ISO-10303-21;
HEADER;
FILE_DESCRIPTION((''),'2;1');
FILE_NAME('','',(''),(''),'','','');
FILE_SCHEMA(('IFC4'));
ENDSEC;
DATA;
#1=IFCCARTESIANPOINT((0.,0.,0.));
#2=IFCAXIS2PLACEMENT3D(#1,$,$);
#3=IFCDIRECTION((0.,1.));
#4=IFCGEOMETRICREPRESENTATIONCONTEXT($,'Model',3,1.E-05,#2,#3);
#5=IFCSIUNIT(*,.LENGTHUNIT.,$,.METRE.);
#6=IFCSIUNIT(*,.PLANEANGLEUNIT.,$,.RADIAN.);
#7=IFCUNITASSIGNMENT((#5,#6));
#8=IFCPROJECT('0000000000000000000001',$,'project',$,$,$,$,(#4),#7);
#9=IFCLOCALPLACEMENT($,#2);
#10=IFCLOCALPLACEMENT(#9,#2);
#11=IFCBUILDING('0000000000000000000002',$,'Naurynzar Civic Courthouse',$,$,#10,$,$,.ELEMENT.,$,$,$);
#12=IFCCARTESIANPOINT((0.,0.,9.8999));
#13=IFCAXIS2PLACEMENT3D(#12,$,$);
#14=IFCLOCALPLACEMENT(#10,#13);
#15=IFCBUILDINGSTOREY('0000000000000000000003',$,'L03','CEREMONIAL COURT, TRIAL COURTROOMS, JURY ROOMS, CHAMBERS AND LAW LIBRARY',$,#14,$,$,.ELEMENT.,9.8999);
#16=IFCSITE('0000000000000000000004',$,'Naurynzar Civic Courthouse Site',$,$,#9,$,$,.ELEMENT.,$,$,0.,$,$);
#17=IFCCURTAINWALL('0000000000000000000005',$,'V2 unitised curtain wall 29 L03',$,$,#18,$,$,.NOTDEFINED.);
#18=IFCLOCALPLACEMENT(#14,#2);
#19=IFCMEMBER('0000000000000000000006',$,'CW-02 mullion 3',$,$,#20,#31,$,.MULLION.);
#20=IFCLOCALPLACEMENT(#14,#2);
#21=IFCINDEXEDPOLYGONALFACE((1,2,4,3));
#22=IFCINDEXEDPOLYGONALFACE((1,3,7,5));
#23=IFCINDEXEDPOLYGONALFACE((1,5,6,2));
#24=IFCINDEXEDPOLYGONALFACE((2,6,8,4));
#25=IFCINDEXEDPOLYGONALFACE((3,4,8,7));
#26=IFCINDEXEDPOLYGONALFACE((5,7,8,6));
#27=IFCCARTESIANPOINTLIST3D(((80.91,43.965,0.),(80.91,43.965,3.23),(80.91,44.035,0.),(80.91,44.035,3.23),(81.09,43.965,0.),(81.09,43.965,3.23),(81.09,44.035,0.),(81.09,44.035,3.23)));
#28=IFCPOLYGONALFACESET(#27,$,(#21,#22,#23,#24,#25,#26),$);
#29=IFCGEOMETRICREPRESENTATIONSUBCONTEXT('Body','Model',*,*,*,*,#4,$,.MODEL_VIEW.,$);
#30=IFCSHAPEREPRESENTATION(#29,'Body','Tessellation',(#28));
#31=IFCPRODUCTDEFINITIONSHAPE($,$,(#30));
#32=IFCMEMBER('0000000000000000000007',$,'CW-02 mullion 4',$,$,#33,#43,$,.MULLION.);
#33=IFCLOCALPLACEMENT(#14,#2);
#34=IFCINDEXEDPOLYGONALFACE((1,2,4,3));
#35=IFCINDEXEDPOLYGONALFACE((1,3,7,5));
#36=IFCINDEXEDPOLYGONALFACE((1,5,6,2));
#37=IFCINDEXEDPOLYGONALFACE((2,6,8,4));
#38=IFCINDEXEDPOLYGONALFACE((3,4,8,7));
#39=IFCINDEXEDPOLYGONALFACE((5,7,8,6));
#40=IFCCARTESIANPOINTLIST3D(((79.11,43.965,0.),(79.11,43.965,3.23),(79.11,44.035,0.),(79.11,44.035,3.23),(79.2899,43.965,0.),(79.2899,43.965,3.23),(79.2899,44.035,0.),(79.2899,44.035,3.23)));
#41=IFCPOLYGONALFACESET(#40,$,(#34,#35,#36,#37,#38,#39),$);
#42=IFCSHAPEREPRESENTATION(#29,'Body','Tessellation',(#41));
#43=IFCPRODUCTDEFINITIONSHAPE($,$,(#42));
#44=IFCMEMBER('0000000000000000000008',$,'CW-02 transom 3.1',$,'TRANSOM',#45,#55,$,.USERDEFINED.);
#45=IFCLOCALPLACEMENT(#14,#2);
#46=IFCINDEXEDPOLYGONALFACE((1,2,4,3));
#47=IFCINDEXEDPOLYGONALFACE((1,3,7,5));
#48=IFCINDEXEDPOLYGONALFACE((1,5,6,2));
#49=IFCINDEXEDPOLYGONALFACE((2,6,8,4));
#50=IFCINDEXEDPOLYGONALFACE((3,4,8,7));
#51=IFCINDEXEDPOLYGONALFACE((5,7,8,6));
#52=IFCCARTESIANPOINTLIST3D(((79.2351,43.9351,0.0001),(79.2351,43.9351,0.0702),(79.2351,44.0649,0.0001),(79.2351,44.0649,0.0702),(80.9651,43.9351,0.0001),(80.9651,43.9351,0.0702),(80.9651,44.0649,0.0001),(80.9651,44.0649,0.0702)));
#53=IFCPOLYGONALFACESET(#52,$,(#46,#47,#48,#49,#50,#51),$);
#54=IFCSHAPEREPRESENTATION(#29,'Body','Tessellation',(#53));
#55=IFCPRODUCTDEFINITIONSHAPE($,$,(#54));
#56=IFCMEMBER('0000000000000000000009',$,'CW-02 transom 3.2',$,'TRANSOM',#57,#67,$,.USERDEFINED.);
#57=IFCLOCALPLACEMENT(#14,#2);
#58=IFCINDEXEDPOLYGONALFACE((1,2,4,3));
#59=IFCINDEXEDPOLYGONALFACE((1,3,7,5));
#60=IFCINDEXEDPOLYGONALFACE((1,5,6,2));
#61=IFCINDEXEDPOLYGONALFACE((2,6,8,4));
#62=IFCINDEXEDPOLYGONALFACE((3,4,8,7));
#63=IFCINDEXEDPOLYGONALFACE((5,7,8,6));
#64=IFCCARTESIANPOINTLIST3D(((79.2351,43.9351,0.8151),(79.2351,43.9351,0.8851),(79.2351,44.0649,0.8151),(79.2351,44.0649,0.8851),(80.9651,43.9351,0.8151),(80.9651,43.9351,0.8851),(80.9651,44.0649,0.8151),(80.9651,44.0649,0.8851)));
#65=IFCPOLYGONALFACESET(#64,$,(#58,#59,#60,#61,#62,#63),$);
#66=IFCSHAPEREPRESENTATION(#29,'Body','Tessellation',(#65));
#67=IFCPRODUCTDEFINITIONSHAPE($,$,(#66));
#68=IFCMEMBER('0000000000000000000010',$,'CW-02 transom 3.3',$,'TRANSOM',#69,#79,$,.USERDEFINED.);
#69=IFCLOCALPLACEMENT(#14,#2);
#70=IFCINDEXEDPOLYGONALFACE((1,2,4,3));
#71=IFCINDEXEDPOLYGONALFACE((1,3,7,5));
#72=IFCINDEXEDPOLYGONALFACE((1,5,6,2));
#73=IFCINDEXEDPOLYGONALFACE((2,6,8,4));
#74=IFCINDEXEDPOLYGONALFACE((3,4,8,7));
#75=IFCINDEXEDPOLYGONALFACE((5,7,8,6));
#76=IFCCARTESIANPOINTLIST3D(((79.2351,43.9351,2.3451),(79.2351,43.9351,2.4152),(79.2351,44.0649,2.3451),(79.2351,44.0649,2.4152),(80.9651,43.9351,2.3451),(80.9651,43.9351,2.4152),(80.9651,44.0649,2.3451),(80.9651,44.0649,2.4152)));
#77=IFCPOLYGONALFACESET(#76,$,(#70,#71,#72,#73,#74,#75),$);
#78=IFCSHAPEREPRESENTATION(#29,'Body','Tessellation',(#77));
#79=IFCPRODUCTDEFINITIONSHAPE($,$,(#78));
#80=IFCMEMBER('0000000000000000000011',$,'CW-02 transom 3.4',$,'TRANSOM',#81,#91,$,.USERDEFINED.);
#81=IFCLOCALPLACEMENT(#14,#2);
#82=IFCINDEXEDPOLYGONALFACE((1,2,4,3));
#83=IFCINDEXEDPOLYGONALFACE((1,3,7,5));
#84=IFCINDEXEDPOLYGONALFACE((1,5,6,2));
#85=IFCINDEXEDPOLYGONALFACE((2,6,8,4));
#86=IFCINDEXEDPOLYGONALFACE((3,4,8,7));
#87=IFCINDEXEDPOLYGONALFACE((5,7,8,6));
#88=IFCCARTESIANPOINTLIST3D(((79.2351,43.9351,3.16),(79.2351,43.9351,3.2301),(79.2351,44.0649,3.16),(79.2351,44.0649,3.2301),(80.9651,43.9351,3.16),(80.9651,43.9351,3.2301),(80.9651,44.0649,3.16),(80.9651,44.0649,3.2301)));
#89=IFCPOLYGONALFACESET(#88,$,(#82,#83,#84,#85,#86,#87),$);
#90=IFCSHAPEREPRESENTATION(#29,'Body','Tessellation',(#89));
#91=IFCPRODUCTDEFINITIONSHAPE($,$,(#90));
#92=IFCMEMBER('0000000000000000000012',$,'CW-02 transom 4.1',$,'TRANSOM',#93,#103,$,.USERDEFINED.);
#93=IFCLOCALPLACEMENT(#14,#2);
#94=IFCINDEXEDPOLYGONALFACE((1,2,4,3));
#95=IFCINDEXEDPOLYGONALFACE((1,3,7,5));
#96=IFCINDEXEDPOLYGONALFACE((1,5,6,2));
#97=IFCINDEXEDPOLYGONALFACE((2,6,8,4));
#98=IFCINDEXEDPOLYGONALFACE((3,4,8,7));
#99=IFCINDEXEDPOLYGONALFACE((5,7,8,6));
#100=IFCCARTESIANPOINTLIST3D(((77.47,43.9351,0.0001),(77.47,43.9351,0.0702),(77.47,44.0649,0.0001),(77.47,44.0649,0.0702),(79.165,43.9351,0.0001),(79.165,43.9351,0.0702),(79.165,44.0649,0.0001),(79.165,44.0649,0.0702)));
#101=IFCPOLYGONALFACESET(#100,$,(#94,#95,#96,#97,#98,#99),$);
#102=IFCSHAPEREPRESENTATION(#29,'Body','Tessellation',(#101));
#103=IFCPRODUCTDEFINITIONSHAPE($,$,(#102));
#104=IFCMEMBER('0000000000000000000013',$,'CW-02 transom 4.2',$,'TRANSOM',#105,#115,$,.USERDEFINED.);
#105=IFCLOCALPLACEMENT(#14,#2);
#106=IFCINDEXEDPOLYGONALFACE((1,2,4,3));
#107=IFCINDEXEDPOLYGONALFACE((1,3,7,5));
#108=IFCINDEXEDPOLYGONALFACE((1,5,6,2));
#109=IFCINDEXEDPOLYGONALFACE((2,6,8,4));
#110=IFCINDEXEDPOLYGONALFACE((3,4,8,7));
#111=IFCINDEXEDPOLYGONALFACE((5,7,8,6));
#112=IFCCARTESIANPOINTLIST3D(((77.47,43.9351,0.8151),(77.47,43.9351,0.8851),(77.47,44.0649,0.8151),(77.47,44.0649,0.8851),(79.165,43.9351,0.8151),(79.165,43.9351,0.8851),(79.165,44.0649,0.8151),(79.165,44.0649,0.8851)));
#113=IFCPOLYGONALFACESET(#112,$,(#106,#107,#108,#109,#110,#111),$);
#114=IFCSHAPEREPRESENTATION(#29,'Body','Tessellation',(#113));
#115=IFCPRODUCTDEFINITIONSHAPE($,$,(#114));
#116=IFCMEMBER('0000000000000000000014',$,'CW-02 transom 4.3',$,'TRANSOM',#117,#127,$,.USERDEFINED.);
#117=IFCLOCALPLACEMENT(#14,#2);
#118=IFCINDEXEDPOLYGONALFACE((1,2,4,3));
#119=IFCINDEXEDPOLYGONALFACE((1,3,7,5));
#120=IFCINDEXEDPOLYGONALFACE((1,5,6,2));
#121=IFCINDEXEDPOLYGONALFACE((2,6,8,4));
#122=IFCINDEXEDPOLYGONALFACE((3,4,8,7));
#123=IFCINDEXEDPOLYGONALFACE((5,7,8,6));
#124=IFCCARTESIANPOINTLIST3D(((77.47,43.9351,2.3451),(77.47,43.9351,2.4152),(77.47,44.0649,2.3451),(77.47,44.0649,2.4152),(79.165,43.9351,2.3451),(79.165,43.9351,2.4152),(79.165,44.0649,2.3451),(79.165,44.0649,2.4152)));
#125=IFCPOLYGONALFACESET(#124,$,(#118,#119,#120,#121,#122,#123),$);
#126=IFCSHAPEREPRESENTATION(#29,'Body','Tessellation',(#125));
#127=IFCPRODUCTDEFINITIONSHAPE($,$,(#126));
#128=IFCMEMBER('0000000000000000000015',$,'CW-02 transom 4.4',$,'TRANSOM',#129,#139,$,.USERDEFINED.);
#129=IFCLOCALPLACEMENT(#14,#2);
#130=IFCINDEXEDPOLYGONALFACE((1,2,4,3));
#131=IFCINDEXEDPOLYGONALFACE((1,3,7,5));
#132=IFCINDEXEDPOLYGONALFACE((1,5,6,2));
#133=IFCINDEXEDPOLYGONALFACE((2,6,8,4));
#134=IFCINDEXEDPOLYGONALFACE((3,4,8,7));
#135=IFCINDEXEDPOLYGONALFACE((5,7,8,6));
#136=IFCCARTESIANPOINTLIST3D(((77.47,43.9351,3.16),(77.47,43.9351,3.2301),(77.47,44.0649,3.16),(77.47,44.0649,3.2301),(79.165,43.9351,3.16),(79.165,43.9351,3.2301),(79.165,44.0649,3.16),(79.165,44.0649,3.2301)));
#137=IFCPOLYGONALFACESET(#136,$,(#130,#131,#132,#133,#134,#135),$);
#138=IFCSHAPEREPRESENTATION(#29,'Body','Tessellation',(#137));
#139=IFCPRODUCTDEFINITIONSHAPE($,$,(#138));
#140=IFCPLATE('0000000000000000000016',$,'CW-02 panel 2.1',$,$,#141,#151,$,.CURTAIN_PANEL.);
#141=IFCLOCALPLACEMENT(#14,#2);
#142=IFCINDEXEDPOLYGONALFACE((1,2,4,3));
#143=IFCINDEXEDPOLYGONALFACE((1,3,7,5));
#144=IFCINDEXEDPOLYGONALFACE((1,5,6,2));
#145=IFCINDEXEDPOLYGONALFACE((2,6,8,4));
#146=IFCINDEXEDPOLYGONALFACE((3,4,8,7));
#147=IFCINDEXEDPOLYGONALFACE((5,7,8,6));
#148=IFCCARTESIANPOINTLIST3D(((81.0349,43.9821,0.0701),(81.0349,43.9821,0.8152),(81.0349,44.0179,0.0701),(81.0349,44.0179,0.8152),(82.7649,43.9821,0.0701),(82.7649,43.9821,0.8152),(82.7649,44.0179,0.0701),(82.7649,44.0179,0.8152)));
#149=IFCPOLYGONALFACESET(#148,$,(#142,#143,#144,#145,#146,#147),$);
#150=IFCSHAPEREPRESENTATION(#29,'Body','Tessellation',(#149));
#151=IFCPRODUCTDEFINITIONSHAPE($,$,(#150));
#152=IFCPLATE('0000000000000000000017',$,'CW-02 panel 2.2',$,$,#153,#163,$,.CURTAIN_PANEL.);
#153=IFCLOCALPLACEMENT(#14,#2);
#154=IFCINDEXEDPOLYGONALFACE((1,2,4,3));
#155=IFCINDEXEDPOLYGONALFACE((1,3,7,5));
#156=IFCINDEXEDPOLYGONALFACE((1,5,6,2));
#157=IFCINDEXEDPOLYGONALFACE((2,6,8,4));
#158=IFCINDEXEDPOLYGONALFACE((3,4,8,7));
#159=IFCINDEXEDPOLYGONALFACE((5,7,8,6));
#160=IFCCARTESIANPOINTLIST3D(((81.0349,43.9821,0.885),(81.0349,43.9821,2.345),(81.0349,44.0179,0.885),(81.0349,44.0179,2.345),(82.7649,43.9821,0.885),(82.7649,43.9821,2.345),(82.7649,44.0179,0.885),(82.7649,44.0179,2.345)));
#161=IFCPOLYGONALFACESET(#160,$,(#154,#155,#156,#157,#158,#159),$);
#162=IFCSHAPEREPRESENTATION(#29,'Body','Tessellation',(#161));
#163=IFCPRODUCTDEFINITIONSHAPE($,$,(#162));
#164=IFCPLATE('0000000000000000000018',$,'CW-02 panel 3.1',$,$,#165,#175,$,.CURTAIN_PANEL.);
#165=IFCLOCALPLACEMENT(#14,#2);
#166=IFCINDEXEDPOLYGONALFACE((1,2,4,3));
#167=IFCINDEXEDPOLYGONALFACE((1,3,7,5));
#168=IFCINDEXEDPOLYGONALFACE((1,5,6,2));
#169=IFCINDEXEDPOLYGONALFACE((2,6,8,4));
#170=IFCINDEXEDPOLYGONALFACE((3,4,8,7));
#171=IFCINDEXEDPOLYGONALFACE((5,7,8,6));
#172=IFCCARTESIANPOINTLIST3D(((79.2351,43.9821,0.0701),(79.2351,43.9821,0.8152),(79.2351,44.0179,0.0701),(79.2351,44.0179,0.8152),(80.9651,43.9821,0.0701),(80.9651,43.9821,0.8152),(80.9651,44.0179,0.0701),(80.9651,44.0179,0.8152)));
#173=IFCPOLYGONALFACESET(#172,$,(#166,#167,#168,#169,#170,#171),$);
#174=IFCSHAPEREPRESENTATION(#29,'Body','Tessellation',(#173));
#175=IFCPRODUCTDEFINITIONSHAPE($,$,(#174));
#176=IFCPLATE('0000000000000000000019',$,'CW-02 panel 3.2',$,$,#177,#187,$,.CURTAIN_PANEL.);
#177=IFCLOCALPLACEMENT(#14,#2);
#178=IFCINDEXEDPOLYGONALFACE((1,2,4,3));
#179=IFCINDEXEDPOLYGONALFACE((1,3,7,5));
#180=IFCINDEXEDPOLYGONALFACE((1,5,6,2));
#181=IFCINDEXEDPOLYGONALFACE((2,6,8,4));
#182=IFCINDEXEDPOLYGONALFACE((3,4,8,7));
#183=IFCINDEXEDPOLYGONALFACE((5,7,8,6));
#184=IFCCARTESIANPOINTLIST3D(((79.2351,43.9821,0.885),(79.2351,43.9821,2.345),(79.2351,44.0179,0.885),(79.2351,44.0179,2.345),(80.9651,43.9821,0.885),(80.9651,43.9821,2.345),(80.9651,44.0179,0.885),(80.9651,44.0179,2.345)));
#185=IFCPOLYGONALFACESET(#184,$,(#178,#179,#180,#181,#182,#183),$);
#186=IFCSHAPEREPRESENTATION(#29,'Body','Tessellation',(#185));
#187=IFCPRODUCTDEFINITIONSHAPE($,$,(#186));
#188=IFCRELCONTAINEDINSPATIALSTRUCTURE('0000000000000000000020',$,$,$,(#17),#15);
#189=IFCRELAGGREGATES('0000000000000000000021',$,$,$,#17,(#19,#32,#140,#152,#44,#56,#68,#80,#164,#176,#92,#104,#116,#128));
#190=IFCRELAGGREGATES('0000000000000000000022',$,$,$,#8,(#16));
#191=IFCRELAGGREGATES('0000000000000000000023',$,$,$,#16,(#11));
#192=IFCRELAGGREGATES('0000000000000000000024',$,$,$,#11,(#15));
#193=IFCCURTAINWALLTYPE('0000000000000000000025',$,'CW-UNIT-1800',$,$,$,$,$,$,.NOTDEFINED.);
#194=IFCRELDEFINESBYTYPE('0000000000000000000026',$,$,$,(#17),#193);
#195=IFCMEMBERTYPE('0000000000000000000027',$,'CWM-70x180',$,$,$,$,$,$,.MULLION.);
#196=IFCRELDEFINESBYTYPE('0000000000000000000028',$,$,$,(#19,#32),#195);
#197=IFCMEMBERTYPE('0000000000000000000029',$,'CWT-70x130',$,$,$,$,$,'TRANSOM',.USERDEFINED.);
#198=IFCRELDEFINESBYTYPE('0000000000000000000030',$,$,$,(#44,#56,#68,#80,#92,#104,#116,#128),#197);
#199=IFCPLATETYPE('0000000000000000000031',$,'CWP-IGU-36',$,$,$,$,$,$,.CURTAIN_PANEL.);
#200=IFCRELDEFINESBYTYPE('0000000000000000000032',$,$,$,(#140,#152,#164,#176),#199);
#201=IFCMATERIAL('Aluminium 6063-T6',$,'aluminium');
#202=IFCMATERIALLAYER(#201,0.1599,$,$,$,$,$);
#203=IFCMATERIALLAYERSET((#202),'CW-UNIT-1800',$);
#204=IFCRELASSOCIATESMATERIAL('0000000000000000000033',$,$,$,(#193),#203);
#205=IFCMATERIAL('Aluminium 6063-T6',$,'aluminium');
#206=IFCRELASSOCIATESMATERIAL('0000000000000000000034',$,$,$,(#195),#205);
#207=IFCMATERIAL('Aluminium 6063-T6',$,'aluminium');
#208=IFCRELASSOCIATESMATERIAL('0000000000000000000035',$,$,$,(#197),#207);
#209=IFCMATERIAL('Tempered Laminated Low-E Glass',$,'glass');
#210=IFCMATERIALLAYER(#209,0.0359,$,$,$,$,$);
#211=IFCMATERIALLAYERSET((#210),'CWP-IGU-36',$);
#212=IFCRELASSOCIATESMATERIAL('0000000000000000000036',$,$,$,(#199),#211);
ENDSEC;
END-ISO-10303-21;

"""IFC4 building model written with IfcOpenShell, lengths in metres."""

from ifc_helpers import new_model, si_unit, direction, frame, origin, origin_2d, place, context, subcontext, project, spatial, rectangle, extrude, material, layer, layer_set, material_profile, profile_set, type_object, element, aggregate, save


model = new_model("IFC4")

# Units and contexts
model_context = context("Model", 3, precision=1e-05, world=origin(), true_north=direction((0.0, 1.0)))
body_context = subcontext(model_context, "Body", "Model", "MODEL_VIEW")
ifc_project = project(units=[si_unit("LENGTHUNIT", "METRE"), si_unit("PLANEANGLEUNIT", "RADIAN")], contexts=[model_context])

# Site, building, storey
site_placement = place(None, origin())
site = spatial("IfcSite", under=ifc_project, at=site_placement, Name="Naurynzar Civic Courthouse Site", CompositionType="ELEMENT", RefElevation=0.0)
building_placement = place(site_placement, origin())
building = spatial("IfcBuilding", under=site, at=building_placement, Name="Naurynzar Civic Courthouse", CompositionType="ELEMENT")
storey_placement = place(building_placement, frame((0.0, 0.0, 9.8999)))
storey = spatial("IfcBuildingStorey", under=building, at=storey_placement, Name="L03", Description="CEREMONIAL COURT, TRIAL COURTROOMS, JURY ROOMS, CHAMBERS AND LAW LIBRARY", CompositionType="ELEMENT", Elevation=9.8999)

# Curtain wall, members, plates
ifc_material_1 = material(Name="Aluminium 6063-T6", Category="aluminium")
ifc_layer_1 = layer(ifc_material_1, 0.1599)
ifc_layer_set_1 = layer_set([ifc_layer_1], Name="CW-UNIT-1800")
curtain_wall_type = type_object("IfcCurtainWallType", Name="CW-UNIT-1800", PredefinedType="NOTDEFINED", material=ifc_layer_set_1)
curtain_wall_placement = place(storey_placement, origin())
curtain_wall = element("IfcCurtainWall", 1, at=curtain_wall_placement, inside=storey, type_object=curtain_wall_type, Name="V2 unitised curtain wall 29 L03", PredefinedType="NOTDEFINED")
ifc_material_2 = material(Name="Aluminium 6063-T6", Category="aluminium")
ifc_material_profile_1 = material_profile(ifc_material_2, rectangle(XDim=0.0701, YDim=0.1799, at=origin_2d()), Name="ALU MULLION 70x180")
ifc_profile_set_1 = profile_set([ifc_material_profile_1], Name="Aluminium 6063-T6")
member_type_1 = type_object("IfcMemberType", Name="CWM-70x180", PredefinedType="MULLION", material=ifc_profile_set_1)
member_1_placement = place(storey_placement, frame((81.0, 44.0, 0.0), z_axis=(0.0, 0.0, 1.0), x_axis=(0.0, -1.0, 0.0)))
member_1 = element("IfcMember", 2, at=member_1_placement, type_object=member_type_1, Name="CW-02 mullion 3", PredefinedType="MULLION", context=body_context, shape_type="SweptSolid", body=[
    extrude(rectangle(XDim=0.0701, YDim=0.1799, at=origin_2d()), origin(), (0.0, 0.0, 1.0), 3.23),
])
member_2_placement = place(storey_placement, frame((79.2, 44.0, 0.0), z_axis=(0.0, 0.0, 1.0), x_axis=(0.0, -1.0, 0.0)))
member_2 = element("IfcMember", 3, at=member_2_placement, type_object=member_type_1, Name="CW-02 mullion 4", PredefinedType="MULLION", context=body_context, shape_type="SweptSolid", body=[
    extrude(rectangle(XDim=0.0701, YDim=0.1799, at=origin_2d()), origin(), (0.0, 0.0, 1.0), 3.23),
])
ifc_material_3 = material(Name="Aluminium 6063-T6", Category="aluminium")
ifc_material_profile_2 = material_profile(ifc_material_3, rectangle(XDim=0.1299, YDim=0.0701, at=origin_2d()), Name="ALU TRANSOM 70x130")
ifc_profile_set_2 = profile_set([ifc_material_profile_2], Name="Aluminium 6063-T6")
member_type_2 = type_object("IfcMemberType", Name="CWT-70x130", ElementType="TRANSOM", PredefinedType="USERDEFINED", material=ifc_profile_set_2)
member_3_placement = place(storey_placement, frame((80.9651, 44.0, 0.0352), z_axis=(-1.0, 0.0, 0.0), x_axis=(0.0, -1.0, 0.0)))
member_3 = element("IfcMember", 4, at=member_3_placement, type_object=member_type_2, Name="CW-02 transom 3.1", ObjectType="TRANSOM", PredefinedType="USERDEFINED", context=body_context, shape_type="SweptSolid", body=[
    extrude(rectangle(XDim=0.1299, YDim=0.0701, at=origin_2d()), origin(), (0.0, 0.0, 1.0), 1.73),
])
member_4_placement = place(storey_placement, frame((80.9651, 44.0, 0.8501), z_axis=(-1.0, 0.0, 0.0), x_axis=(0.0, -1.0, 0.0)))
member_4 = element("IfcMember", 5, at=member_4_placement, type_object=member_type_2, Name="CW-02 transom 3.2", ObjectType="TRANSOM", PredefinedType="USERDEFINED", context=body_context, shape_type="SweptSolid", body=[
    extrude(rectangle(XDim=0.1299, YDim=0.0701, at=origin_2d()), origin(), (0.0, 0.0, 1.0), 1.73),
])
member_5_placement = place(storey_placement, frame((80.9651, 44.0, 2.3801), z_axis=(-1.0, 0.0, 0.0), x_axis=(0.0, -1.0, 0.0)))
member_5 = element("IfcMember", 6, at=member_5_placement, type_object=member_type_2, Name="CW-02 transom 3.3", ObjectType="TRANSOM", PredefinedType="USERDEFINED", context=body_context, shape_type="SweptSolid", body=[
    extrude(rectangle(XDim=0.1299, YDim=0.0701, at=origin_2d()), origin(), (0.0, 0.0, 1.0), 1.73),
])
member_6_placement = place(storey_placement, frame((80.9651, 44.0, 3.1951), z_axis=(-1.0, 0.0, 0.0), x_axis=(0.0, -1.0, 0.0)))
member_6 = element("IfcMember", 7, at=member_6_placement, type_object=member_type_2, Name="CW-02 transom 3.4", ObjectType="TRANSOM", PredefinedType="USERDEFINED", context=body_context, shape_type="SweptSolid", body=[
    extrude(rectangle(XDim=0.1299, YDim=0.0701, at=origin_2d()), origin(), (0.0, 0.0, 1.0), 1.73),
])
member_7_placement = place(storey_placement, frame((79.165, 44.0, 0.0352), z_axis=(-1.0, 0.0, 0.0), x_axis=(0.0, -1.0, 0.0)))
member_7 = element("IfcMember", 8, at=member_7_placement, type_object=member_type_2, Name="CW-02 transom 4.1", ObjectType="TRANSOM", PredefinedType="USERDEFINED", context=body_context, shape_type="SweptSolid", body=[
    extrude(rectangle(XDim=0.1299, YDim=0.0701, at=origin_2d()), origin(), (0.0, 0.0, 1.0), 1.6951),
])
member_8_placement = place(storey_placement, frame((79.165, 44.0, 0.8501), z_axis=(-1.0, 0.0, 0.0), x_axis=(0.0, -1.0, 0.0)))
member_8 = element("IfcMember", 9, at=member_8_placement, type_object=member_type_2, Name="CW-02 transom 4.2", ObjectType="TRANSOM", PredefinedType="USERDEFINED", context=body_context, shape_type="SweptSolid", body=[
    extrude(rectangle(XDim=0.1299, YDim=0.0701, at=origin_2d()), origin(), (0.0, 0.0, 1.0), 1.6951),
])
member_9_placement = place(storey_placement, frame((79.165, 44.0, 2.3801), z_axis=(-1.0, 0.0, 0.0), x_axis=(0.0, -1.0, 0.0)))
member_9 = element("IfcMember", 10, at=member_9_placement, type_object=member_type_2, Name="CW-02 transom 4.3", ObjectType="TRANSOM", PredefinedType="USERDEFINED", context=body_context, shape_type="SweptSolid", body=[
    extrude(rectangle(XDim=0.1299, YDim=0.0701, at=origin_2d()), origin(), (0.0, 0.0, 1.0), 1.6951),
])
member_10_placement = place(storey_placement, frame((79.165, 44.0, 3.1951), z_axis=(-1.0, 0.0, 0.0), x_axis=(0.0, -1.0, 0.0)))
member_10 = element("IfcMember", 11, at=member_10_placement, type_object=member_type_2, Name="CW-02 transom 4.4", ObjectType="TRANSOM", PredefinedType="USERDEFINED", context=body_context, shape_type="SweptSolid", body=[
    extrude(rectangle(XDim=0.1299, YDim=0.0701, at=origin_2d()), origin(), (0.0, 0.0, 1.0), 1.6951),
])
ifc_material_4 = material(Name="Tempered Laminated Low-E Glass", Category="glass")
ifc_layer_2 = layer(ifc_material_4, 0.0359)
ifc_layer_set_2 = layer_set([ifc_layer_2], Name="CWP-IGU-36")
plate_type = type_object("IfcPlateType", Name="CWP-IGU-36", PredefinedType="CURTAIN_PANEL", material=ifc_layer_set_2)
plate_1_placement = place(storey_placement, frame((81.8999, 44.0, 0.0701), z_axis=(0.0, 0.0, 1.0), x_axis=(-1.0, 0.0, 0.0)))
plate_1 = element("IfcPlate", 12, at=plate_1_placement, type_object=plate_type, Name="CW-02 panel 2.1", PredefinedType="CURTAIN_PANEL", context=body_context, shape_type="SweptSolid", body=[
    extrude(rectangle(XDim=1.73, YDim=0.0359, at=origin_2d()), origin(), (0.0, 0.0, 1.0), 0.7451),
])
plate_2_placement = place(storey_placement, frame((81.8999, 44.0, 0.885), z_axis=(0.0, 0.0, 1.0), x_axis=(-1.0, 0.0, 0.0)))
plate_2 = element("IfcPlate", 13, at=plate_2_placement, type_object=plate_type, Name="CW-02 panel 2.2", PredefinedType="CURTAIN_PANEL", context=body_context, shape_type="SweptSolid", body=[
    extrude(rectangle(XDim=1.73, YDim=0.0359, at=origin_2d()), origin(), (0.0, 0.0, 1.0), 1.46),
])
plate_3_placement = place(storey_placement, frame((80.1001, 44.0, 0.0701), z_axis=(0.0, 0.0, 1.0), x_axis=(-1.0, 0.0, 0.0)))
plate_3 = element("IfcPlate", 14, at=plate_3_placement, type_object=plate_type, Name="CW-02 panel 3.1", PredefinedType="CURTAIN_PANEL", context=body_context, shape_type="SweptSolid", body=[
    extrude(rectangle(XDim=1.73, YDim=0.0359, at=origin_2d()), origin(), (0.0, 0.0, 1.0), 0.7451),
])
plate_4_placement = place(storey_placement, frame((80.1001, 44.0, 0.885), z_axis=(0.0, 0.0, 1.0), x_axis=(-1.0, 0.0, 0.0)))
plate_4 = element("IfcPlate", 15, at=plate_4_placement, type_object=plate_type, Name="CW-02 panel 3.2", PredefinedType="CURTAIN_PANEL", context=body_context, shape_type="SweptSolid", body=[
    extrude(rectangle(XDim=1.73, YDim=0.0359, at=origin_2d()), origin(), (0.0, 0.0, 1.0), 1.46),
])
aggregate(curtain_wall, [member_1, member_2, plate_1, plate_2, member_3, member_4, member_5, member_6, plate_3, plate_4, member_7, member_8, member_9, member_10])

save(model, "model.ifc")
